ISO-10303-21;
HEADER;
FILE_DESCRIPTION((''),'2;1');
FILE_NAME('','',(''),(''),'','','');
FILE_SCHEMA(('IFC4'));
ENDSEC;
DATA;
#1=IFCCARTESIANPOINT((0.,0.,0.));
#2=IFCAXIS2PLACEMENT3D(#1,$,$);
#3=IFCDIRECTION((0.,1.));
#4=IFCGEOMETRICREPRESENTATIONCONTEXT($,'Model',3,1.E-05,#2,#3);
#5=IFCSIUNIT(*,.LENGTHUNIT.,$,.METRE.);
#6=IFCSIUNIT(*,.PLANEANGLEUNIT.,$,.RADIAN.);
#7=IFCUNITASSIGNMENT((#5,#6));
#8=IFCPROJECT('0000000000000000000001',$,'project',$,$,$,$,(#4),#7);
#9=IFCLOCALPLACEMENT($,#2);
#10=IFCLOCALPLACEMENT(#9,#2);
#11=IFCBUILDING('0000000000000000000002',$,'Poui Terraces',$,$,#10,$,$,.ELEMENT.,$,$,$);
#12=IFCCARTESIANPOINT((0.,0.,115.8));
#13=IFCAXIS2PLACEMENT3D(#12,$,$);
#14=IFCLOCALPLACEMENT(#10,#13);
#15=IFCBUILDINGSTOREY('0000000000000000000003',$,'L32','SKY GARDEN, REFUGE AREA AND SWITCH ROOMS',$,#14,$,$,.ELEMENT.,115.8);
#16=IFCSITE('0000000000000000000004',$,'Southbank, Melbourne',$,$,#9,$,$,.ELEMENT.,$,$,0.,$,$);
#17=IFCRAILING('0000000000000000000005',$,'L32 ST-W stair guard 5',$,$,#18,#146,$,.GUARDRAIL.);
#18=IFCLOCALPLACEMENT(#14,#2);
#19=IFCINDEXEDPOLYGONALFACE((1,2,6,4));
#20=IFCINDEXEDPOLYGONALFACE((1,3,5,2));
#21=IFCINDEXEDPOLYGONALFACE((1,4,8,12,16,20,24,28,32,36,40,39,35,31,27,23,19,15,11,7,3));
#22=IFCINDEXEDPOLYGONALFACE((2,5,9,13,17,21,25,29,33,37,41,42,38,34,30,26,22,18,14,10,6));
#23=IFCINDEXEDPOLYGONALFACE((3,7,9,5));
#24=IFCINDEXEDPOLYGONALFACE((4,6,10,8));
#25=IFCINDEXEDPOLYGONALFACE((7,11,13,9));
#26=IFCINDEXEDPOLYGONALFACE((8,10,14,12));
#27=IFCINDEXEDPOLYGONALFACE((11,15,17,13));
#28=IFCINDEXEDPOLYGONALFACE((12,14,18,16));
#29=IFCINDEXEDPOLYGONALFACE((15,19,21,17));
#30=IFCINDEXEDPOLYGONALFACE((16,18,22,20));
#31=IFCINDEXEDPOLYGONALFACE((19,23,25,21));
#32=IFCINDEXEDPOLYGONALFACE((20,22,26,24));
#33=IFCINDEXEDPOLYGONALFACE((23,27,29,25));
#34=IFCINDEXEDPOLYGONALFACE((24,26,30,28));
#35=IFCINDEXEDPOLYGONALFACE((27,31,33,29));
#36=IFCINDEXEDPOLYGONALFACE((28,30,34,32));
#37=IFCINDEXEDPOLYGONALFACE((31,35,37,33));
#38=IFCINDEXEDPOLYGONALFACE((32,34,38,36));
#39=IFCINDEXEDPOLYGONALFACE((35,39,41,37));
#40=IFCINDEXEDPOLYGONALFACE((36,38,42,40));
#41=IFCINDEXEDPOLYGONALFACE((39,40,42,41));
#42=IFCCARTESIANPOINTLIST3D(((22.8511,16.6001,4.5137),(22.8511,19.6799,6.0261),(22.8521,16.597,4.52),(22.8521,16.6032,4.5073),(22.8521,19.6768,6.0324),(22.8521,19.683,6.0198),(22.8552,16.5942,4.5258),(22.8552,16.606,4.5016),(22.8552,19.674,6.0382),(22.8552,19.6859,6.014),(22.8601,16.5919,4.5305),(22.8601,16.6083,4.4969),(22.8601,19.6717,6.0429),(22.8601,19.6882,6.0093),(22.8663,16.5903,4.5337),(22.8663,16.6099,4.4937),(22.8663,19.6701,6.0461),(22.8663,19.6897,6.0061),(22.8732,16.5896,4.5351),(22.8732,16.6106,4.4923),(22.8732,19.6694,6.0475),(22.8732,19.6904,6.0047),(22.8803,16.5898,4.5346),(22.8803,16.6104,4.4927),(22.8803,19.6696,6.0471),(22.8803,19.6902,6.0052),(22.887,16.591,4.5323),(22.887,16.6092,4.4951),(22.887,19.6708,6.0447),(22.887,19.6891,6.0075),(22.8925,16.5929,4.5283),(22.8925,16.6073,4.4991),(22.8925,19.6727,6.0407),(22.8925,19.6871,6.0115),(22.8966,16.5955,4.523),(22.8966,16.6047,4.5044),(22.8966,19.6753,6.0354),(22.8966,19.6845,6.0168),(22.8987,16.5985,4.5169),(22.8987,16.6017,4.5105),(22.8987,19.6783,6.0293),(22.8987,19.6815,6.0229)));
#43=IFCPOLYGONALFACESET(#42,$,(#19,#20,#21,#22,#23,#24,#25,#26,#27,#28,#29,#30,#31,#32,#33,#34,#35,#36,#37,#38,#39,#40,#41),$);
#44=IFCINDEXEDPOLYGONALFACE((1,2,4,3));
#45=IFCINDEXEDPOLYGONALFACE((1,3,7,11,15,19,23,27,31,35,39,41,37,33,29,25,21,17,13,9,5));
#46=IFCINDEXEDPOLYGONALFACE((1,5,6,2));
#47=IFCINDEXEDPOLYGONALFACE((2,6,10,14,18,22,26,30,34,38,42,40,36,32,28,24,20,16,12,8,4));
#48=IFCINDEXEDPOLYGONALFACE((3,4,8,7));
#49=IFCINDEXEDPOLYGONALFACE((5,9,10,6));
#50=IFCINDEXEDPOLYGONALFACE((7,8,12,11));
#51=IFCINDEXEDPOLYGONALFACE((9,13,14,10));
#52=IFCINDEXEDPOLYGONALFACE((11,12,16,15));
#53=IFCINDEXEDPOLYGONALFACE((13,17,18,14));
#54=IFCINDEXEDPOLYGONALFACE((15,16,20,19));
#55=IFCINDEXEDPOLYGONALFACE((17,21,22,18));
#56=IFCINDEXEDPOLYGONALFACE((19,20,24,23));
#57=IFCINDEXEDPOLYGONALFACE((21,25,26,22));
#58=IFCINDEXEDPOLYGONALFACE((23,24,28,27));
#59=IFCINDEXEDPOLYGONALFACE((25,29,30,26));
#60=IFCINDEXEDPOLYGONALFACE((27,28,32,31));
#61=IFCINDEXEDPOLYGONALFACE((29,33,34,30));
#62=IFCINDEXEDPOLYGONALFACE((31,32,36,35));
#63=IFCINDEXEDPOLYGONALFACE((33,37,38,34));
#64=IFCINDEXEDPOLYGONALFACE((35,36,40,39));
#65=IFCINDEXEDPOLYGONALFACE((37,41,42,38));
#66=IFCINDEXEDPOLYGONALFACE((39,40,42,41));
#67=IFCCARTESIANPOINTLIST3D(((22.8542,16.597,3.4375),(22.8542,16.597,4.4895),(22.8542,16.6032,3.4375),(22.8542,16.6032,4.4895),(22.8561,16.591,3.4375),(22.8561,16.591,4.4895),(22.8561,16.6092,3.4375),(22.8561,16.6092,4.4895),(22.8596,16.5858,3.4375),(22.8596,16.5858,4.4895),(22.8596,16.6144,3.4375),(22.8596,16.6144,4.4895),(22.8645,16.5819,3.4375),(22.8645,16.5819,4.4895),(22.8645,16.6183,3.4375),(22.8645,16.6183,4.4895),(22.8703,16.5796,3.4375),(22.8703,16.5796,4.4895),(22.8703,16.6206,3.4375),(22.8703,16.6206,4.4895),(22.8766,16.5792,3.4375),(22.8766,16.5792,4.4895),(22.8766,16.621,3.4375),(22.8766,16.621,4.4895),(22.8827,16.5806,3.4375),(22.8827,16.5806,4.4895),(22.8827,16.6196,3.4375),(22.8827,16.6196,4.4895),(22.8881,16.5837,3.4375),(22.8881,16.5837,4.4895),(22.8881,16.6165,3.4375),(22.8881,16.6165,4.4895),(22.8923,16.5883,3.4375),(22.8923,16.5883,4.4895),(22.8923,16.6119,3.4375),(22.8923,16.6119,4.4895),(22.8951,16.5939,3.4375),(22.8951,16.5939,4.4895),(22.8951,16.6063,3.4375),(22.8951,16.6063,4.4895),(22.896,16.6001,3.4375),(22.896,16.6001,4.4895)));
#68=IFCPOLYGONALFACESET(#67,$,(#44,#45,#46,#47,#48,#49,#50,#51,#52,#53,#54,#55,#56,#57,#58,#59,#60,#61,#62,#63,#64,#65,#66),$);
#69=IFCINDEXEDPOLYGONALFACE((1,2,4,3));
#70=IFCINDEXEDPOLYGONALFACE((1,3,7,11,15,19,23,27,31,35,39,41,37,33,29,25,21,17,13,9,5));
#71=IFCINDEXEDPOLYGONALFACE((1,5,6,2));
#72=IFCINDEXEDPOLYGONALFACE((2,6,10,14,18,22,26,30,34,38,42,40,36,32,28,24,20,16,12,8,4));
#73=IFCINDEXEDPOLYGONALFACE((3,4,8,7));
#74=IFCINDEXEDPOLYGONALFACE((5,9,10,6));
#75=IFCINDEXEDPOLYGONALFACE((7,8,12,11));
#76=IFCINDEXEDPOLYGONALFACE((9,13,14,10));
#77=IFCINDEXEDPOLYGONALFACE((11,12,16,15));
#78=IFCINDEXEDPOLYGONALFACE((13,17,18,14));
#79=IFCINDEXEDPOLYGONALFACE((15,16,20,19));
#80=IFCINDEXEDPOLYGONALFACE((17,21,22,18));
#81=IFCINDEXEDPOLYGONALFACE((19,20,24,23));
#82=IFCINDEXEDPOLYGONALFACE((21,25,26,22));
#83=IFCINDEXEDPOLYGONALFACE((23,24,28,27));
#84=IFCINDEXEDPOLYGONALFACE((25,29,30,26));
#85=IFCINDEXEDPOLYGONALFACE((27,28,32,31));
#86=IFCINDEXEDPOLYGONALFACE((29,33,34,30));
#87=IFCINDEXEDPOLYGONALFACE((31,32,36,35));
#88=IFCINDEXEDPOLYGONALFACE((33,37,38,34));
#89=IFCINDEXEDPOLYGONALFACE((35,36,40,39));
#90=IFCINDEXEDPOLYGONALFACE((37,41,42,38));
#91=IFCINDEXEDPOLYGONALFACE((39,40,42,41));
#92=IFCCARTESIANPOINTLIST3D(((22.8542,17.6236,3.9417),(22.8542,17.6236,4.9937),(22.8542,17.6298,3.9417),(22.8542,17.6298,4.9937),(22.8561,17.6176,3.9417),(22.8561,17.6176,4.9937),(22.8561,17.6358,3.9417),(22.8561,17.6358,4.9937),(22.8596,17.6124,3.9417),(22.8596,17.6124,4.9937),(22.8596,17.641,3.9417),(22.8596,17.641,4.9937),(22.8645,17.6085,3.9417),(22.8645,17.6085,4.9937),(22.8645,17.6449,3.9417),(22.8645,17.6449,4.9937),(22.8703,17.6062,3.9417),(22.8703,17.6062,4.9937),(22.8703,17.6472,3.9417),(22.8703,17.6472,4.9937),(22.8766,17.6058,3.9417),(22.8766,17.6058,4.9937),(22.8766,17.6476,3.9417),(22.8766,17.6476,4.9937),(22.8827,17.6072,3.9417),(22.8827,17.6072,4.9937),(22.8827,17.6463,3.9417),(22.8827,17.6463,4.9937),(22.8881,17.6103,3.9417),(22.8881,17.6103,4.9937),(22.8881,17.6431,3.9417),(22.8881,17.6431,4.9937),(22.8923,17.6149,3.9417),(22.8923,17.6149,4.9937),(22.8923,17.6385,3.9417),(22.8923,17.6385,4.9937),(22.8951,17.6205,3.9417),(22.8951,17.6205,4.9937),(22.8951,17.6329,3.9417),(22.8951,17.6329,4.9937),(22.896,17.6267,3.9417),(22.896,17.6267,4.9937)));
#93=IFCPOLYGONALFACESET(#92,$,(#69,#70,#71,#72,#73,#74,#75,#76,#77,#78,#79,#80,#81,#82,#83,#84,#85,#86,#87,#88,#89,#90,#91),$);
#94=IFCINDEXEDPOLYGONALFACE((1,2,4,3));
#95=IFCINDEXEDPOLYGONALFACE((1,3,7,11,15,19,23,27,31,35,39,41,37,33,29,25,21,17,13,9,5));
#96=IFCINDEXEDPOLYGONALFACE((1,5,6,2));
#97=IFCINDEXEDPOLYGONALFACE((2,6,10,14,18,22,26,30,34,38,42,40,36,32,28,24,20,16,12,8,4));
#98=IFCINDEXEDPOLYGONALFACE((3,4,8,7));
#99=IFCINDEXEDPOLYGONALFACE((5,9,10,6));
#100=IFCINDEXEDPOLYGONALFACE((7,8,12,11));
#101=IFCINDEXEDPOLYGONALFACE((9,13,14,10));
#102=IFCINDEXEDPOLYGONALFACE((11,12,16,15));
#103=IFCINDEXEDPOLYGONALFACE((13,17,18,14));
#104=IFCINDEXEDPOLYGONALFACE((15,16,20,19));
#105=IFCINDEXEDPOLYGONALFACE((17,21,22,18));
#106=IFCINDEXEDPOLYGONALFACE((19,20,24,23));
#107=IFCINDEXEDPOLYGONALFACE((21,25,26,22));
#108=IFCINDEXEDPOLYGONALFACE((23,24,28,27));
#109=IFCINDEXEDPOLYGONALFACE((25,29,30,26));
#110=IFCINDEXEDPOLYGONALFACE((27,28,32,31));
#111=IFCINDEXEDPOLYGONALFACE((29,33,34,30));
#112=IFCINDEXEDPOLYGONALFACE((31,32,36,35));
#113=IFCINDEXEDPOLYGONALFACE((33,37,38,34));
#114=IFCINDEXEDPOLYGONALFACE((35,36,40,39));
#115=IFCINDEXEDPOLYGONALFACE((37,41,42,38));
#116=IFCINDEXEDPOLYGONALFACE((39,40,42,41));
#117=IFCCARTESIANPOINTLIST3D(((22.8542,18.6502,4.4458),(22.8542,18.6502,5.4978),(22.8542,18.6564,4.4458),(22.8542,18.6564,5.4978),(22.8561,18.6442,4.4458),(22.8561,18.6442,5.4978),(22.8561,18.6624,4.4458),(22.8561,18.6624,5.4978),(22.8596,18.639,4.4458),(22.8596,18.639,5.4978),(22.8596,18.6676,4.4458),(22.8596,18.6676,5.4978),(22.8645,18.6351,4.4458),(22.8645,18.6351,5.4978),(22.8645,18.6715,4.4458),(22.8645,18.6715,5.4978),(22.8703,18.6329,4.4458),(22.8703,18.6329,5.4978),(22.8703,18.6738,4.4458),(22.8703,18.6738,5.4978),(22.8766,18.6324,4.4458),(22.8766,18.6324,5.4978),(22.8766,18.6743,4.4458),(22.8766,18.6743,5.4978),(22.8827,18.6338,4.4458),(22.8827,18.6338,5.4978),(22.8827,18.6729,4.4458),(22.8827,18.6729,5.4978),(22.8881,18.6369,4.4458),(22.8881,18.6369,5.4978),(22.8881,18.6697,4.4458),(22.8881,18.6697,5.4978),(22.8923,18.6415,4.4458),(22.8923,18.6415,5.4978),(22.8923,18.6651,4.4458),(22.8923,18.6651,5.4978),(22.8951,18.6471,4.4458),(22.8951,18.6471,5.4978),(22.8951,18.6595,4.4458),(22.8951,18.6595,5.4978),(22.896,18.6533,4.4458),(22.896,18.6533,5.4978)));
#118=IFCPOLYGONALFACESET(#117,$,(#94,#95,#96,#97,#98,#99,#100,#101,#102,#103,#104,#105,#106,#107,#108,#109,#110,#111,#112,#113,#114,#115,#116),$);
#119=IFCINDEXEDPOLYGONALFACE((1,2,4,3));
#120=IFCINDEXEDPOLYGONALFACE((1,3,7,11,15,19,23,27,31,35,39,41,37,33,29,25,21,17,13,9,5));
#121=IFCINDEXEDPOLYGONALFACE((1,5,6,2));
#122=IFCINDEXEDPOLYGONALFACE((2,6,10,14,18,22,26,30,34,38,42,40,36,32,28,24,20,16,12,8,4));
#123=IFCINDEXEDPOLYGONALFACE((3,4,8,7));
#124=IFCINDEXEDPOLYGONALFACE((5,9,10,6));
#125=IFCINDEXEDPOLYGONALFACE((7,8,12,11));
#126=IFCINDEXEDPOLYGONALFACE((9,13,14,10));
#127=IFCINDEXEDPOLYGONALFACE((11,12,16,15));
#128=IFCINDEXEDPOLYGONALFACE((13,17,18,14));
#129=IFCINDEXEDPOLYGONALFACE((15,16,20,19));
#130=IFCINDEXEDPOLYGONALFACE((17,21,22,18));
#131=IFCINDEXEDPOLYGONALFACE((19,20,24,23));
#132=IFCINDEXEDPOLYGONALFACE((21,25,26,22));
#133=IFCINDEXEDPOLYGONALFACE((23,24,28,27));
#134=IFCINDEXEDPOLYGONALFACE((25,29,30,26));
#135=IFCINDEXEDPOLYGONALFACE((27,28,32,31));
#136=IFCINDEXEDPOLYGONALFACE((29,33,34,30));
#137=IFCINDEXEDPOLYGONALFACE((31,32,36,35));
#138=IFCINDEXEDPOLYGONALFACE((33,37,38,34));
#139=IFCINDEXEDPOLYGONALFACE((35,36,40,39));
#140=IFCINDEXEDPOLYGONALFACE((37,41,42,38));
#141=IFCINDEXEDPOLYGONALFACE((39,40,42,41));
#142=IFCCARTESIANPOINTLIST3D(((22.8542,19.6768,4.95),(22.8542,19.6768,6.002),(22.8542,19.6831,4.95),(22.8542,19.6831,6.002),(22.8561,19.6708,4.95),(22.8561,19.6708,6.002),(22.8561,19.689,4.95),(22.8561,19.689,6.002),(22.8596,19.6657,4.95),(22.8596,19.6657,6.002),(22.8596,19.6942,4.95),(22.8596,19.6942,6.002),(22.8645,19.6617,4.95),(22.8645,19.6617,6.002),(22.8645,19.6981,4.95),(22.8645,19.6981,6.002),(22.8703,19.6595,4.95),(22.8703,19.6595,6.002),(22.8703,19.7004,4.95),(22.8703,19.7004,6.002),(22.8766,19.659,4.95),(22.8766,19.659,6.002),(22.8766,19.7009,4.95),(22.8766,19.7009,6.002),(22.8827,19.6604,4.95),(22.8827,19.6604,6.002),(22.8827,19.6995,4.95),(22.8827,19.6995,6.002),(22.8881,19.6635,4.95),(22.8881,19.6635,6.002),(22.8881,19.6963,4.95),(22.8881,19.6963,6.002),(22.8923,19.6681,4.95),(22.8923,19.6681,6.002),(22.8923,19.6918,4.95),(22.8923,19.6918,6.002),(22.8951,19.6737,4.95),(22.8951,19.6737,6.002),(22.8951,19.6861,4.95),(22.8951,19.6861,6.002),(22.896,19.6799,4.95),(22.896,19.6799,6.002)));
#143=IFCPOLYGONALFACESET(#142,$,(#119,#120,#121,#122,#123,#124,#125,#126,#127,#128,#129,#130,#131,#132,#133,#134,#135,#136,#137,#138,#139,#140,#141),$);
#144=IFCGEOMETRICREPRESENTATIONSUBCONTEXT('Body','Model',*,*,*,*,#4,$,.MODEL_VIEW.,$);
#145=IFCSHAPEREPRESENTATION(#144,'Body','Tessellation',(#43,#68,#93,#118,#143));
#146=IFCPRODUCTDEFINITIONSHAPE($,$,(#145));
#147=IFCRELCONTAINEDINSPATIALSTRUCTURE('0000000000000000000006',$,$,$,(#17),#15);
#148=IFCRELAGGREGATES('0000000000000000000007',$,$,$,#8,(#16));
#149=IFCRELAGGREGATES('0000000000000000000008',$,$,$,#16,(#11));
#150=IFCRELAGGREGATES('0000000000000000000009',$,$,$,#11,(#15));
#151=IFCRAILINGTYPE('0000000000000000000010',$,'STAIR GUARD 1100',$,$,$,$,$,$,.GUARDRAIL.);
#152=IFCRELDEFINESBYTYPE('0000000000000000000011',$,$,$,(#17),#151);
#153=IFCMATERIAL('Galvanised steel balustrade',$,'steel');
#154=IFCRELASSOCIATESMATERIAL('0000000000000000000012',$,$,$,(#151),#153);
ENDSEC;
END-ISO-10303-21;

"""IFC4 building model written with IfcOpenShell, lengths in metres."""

from ifc_helpers import new_model, si_unit, direction, frame, origin, origin_2d, place, context, subcontext, project, spatial, circle, extrude, material, type_object, element, save


model = new_model("IFC4")

# Units and contexts
model_context = context("Model", 3, precision=1e-05, world=origin(), true_north=direction((0.0, 1.0)))
body_context = subcontext(model_context, "Body", "Model", "MODEL_VIEW")
ifc_project = project(units=[si_unit("LENGTHUNIT", "METRE"), si_unit("PLANEANGLEUNIT", "RADIAN")], contexts=[model_context])

# Site, building, storey
site_placement = place(None, origin())
site = spatial("IfcSite", under=ifc_project, at=site_placement, Name="Southbank, Melbourne", CompositionType="ELEMENT", RefElevation=0.0)
building_placement = place(site_placement, origin())
building = spatial("IfcBuilding", under=site, at=building_placement, Name="Poui Terraces", CompositionType="ELEMENT")
storey_placement = place(building_placement, frame((0.0, 0.0, 115.8)))
storey = spatial("IfcBuildingStorey", under=building, at=storey_placement, Name="L32", Description="SKY GARDEN, REFUGE AREA AND SWITCH ROOMS", CompositionType="ELEMENT", Elevation=115.8)

# Railing
ifc_material_1 = material(Name="Galvanised steel balustrade", Category="steel")
railing_type_1 = type_object("IfcRailingType", Name="STAIR GUARD 1100", PredefinedType="GUARDRAIL", material=ifc_material_1)
railing_1_placement = place(storey_placement, frame((22.875, 16.6001, 3.4375)))
element("IfcRailing", 1, at=railing_1_placement, inside=storey, type_object=railing_type_1, Name="L32 ST-W stair guard 5", PredefinedType="GUARDRAIL", context=body_context, shape_type="SweptSolid", body=[
    extrude(circle(Radius=0.0239, at=origin_2d()), frame((0.0, 0.0, 1.0762), z_axis=(0.0, 0.897606, 0.440798), x_axis=(-1.0, 0.0, 0.0)), (0.0, 0.0, 1.0), 3.4312),
    extrude(circle(Radius=0.021, at=origin_2d()), origin(), (0.0, 0.0, 1.0), 1.052),
    extrude(circle(Radius=0.021, at=origin_2d()), frame((0.0, 1.0266, 0.5042)), (0.0, 0.0, 1.0), 1.052),
    extrude(circle(Radius=0.021, at=origin_2d()), frame((0.0, 2.0532, 1.0083)), (0.0, 0.0, 1.0), 1.052),
    extrude(circle(Radius=0.021, at=origin_2d()), frame((0.0, 3.0798, 1.5125)), (0.0, 0.0, 1.0), 1.052),
])

save(model, "model.ifc")
